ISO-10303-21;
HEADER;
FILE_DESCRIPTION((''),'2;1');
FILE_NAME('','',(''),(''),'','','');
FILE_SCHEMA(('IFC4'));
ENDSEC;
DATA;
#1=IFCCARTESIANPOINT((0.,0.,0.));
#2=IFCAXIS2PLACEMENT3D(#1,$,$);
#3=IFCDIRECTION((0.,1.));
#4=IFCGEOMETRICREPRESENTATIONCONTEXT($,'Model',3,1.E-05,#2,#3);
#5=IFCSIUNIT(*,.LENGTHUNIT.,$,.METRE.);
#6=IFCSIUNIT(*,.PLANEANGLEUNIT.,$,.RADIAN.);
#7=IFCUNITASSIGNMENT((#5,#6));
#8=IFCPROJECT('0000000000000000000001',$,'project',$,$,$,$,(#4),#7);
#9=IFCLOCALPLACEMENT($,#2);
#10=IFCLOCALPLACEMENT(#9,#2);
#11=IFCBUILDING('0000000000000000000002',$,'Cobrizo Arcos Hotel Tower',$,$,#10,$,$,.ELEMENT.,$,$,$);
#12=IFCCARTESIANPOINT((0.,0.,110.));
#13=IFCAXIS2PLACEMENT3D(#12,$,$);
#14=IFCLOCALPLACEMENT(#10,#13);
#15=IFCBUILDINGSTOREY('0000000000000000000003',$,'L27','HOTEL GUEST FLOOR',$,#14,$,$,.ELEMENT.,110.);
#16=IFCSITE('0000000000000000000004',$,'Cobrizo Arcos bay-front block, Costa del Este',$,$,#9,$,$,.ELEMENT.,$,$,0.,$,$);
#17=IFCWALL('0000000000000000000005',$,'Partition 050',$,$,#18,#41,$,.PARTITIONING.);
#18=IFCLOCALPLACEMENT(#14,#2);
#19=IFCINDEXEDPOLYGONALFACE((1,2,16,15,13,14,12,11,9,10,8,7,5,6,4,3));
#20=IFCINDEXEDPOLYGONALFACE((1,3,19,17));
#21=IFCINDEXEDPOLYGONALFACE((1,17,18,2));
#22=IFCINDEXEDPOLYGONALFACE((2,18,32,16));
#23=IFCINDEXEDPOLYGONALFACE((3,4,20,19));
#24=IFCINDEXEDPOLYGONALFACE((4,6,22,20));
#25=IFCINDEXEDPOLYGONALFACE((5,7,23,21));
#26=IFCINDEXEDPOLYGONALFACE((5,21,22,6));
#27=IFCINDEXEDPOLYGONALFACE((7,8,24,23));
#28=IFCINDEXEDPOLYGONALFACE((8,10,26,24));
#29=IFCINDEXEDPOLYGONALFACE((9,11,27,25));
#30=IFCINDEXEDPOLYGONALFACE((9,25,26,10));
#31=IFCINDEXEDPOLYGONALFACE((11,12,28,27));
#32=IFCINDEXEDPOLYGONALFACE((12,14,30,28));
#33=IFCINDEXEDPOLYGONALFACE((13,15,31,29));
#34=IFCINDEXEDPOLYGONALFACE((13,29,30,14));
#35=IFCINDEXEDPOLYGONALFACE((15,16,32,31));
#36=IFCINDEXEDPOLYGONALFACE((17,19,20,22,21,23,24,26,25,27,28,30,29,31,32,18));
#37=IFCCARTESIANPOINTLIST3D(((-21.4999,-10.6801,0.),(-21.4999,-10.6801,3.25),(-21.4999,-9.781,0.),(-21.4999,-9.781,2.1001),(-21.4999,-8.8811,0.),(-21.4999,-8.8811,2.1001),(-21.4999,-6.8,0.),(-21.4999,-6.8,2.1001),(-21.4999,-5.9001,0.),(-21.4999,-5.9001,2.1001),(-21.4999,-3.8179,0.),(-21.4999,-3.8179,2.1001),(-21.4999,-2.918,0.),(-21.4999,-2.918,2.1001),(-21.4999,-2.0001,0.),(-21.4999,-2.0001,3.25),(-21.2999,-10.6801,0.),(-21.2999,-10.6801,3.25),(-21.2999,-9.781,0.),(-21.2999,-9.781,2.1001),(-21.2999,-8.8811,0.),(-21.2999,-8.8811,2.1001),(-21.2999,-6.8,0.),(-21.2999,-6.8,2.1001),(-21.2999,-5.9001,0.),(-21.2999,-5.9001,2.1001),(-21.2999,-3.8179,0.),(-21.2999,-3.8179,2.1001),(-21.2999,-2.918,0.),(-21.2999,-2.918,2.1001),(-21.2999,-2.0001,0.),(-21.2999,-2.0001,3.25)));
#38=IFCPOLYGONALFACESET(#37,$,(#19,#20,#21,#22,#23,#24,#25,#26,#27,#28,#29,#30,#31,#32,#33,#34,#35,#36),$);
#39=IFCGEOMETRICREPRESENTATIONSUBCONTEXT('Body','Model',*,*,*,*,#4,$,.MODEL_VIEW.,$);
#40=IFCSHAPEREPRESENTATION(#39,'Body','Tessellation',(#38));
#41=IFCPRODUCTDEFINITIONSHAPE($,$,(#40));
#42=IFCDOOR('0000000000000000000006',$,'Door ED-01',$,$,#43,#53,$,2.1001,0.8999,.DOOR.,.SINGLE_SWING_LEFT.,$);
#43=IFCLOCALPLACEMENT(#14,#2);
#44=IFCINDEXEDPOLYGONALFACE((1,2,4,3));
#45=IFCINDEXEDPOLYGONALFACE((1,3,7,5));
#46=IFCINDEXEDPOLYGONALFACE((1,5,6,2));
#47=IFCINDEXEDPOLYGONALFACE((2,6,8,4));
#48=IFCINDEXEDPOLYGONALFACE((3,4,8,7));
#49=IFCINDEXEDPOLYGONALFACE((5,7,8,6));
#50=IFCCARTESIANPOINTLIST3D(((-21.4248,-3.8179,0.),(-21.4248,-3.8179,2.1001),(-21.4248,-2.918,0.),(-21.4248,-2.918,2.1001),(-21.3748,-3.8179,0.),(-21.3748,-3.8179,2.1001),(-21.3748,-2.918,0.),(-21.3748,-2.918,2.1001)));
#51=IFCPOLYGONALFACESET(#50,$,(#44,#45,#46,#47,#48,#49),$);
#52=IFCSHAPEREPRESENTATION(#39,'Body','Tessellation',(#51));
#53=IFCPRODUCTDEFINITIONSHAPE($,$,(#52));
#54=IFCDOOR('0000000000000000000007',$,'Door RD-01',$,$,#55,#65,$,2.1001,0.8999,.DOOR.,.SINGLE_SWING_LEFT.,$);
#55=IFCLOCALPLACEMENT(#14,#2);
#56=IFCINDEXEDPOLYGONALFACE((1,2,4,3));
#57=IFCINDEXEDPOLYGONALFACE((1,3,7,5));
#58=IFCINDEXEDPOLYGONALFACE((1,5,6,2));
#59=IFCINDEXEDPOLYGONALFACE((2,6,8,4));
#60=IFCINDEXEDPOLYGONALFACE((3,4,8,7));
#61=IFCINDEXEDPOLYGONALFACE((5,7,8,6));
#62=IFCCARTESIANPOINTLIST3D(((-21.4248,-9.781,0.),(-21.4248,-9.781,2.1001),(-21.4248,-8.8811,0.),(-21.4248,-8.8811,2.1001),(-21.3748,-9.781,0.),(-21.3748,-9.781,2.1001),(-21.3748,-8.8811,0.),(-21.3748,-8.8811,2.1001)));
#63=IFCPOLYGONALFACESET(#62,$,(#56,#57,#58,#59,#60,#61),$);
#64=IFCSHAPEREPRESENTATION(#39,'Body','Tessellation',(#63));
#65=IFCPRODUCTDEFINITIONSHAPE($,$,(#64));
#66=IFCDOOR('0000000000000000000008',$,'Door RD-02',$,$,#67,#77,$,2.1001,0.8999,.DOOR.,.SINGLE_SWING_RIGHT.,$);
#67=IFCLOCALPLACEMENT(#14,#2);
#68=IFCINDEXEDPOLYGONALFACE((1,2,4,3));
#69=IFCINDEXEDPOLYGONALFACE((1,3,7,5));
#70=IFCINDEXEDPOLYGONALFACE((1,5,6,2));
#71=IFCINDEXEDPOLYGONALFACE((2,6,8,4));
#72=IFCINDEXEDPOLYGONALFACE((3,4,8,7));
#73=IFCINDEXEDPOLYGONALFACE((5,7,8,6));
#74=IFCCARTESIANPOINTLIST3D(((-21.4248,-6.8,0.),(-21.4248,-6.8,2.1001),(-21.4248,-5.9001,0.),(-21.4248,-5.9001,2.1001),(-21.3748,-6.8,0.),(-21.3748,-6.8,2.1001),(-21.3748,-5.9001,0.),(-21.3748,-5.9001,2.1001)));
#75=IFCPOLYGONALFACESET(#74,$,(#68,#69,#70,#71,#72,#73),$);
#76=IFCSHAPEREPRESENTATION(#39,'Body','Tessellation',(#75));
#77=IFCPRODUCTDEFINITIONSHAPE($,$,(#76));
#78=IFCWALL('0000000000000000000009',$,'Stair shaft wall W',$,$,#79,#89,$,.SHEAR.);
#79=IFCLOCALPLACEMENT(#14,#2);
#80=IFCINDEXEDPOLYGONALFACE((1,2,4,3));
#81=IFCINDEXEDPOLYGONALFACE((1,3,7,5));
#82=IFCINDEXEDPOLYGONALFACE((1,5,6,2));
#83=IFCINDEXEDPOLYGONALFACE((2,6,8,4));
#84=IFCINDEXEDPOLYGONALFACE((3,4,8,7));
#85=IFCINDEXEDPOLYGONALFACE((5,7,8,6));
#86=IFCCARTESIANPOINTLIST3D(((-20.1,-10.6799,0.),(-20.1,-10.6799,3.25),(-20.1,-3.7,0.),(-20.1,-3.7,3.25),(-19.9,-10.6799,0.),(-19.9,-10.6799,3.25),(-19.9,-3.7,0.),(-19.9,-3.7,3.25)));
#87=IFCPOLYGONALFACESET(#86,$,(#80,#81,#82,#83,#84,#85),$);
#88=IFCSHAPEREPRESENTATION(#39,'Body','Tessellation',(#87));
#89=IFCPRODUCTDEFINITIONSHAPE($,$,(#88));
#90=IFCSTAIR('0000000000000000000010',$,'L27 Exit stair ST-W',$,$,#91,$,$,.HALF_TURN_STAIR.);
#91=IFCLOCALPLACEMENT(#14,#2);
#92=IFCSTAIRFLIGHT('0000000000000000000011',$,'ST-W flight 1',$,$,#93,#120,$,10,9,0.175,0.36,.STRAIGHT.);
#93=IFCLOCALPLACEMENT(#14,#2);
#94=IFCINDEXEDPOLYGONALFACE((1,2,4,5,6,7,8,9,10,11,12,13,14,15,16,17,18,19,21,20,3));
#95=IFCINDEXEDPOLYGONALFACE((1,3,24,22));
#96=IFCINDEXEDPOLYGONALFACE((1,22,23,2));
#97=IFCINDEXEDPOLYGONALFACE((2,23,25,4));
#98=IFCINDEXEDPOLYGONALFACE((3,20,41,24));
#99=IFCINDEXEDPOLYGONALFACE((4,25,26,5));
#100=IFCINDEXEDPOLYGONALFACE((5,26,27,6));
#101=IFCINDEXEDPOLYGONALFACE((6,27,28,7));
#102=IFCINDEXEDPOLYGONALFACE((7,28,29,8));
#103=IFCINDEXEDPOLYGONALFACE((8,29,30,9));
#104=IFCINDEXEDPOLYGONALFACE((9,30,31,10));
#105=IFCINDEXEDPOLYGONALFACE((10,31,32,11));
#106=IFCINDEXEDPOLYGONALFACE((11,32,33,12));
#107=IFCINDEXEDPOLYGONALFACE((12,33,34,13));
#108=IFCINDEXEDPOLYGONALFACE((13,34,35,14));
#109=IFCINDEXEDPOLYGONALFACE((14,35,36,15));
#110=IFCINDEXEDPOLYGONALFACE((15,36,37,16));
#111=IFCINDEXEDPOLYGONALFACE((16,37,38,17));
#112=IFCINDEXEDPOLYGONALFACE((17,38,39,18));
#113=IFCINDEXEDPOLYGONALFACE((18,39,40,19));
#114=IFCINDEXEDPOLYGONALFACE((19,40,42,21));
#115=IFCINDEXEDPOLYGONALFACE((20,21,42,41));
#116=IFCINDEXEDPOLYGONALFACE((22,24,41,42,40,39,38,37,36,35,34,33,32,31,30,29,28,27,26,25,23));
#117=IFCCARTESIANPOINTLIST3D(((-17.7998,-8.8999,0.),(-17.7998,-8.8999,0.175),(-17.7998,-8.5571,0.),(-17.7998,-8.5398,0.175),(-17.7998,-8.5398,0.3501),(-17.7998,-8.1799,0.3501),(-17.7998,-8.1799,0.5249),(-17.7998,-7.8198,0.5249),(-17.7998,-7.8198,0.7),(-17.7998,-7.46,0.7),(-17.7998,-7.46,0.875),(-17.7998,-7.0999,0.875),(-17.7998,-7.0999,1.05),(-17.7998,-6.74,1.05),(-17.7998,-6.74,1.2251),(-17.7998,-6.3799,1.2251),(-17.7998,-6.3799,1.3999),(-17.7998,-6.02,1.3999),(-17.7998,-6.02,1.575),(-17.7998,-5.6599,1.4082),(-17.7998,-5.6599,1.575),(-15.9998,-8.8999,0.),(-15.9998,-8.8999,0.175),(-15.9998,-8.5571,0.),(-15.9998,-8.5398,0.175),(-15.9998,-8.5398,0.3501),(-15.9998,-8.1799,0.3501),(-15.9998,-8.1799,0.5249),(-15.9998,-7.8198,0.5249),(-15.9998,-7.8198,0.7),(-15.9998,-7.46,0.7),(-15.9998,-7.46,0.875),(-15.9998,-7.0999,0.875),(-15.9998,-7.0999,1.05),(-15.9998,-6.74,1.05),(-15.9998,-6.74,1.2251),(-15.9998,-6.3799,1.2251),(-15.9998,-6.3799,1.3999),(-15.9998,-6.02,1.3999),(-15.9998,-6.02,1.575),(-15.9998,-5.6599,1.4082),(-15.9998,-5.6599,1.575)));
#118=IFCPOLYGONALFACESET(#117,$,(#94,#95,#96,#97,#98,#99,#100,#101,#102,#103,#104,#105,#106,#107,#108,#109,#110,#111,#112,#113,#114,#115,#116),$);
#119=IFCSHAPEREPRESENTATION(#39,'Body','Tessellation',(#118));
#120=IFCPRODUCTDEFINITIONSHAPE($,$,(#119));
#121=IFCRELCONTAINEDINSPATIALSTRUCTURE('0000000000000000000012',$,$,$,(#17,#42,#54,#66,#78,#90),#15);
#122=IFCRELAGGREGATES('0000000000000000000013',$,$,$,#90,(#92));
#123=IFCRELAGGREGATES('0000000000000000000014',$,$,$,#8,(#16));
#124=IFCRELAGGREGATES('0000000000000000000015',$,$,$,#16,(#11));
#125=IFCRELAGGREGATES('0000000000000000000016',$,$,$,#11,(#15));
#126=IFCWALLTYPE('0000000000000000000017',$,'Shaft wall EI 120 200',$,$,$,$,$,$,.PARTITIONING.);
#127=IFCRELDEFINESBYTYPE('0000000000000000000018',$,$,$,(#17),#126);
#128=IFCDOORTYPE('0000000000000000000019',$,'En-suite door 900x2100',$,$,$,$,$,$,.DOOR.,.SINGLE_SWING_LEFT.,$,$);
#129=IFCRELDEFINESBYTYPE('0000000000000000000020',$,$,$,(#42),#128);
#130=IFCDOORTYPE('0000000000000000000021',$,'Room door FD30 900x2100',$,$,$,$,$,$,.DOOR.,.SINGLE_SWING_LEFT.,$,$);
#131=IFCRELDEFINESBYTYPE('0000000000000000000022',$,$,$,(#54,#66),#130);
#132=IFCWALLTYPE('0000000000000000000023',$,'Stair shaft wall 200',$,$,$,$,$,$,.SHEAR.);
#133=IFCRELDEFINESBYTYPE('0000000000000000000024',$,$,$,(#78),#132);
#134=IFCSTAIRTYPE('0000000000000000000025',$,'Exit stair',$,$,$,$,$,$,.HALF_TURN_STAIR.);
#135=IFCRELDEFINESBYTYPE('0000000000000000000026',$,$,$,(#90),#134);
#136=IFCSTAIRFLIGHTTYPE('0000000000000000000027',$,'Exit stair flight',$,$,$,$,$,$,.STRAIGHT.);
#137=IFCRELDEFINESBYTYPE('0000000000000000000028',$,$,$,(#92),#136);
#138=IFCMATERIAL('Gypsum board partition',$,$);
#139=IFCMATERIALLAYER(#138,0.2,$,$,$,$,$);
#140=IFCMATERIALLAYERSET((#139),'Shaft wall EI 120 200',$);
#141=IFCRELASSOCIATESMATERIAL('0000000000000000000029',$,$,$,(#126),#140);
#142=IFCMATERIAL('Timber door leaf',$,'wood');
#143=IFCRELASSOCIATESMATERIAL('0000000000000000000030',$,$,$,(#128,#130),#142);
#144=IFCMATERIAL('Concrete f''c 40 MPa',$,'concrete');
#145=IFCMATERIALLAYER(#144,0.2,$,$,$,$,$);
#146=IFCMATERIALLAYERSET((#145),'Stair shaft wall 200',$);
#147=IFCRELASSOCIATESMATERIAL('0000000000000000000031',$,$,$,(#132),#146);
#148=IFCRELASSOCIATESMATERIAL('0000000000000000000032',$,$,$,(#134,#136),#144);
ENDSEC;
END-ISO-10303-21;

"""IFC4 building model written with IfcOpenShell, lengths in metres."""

from ifc_helpers import new_model, si_unit, direction, frame, frame_2d, origin, place, context, subcontext, project, spatial, polyline, rectangle, outline, extrude, material, layer, layer_set, type_object, element, fill, aggregate, save


model = new_model("IFC4")

# Units and contexts
model_context = context("Model", 3, precision=1e-05, world=origin(), true_north=direction((0.0, 1.0)))
body_context = subcontext(model_context, "Body", "Model", "MODEL_VIEW")
ifc_project = project(units=[si_unit("LENGTHUNIT", "METRE"), si_unit("PLANEANGLEUNIT", "RADIAN")], contexts=[model_context])

# Site, building, storey
site_placement = place(None, origin())
site = spatial("IfcSite", under=ifc_project, at=site_placement, Name="Cobrizo Arcos bay-front block, Costa del Este", CompositionType="ELEMENT", RefElevation=0.0)
building_placement = place(site_placement, origin())
building = spatial("IfcBuilding", under=site, at=building_placement, Name="Cobrizo Arcos Hotel Tower", CompositionType="ELEMENT")
storey_placement = place(building_placement, frame((0.0, 0.0, 110.0)))
storey = spatial("IfcBuildingStorey", under=building, at=storey_placement, Name="L27", Description="HOTEL GUEST FLOOR", CompositionType="ELEMENT", Elevation=110.0)

# Wall, openings, doors
ifc_material_1 = material(Name="Gypsum board partition")
ifc_layer_1 = layer(ifc_material_1, 0.2)
ifc_layer_set_1 = layer_set([ifc_layer_1], Name="Shaft wall EI 120 200")
wall_type_1 = type_object("IfcWallType", Name="Shaft wall EI 120 200", PredefinedType="PARTITIONING", material=ifc_layer_set_1)
wall_1_placement = place(storey_placement, frame((-21.3999, -10.6799, 0.0), z_axis=(0.0, 0.0, 1.0), x_axis=(0.0, 1.0, 0.0)))
wall_1 = element("IfcWall", 1, at=wall_1_placement, inside=storey, type_object=wall_type_1, Name="Partition 050", PredefinedType="PARTITIONING", context=body_context, shape_type="SweptSolid", body=[
    extrude(rectangle(XDim=8.6799, YDim=0.2, at=frame_2d((4.3398, 0.0))), origin(), (0.0, 0.0, 1.0), 3.25),
])
opening_1_placement = place(wall_1_placement, frame((0.8989, 0.0, 0.0)))
opening_1 = element("IfcOpeningElement", 2, at=opening_1_placement, cuts=wall_1, PredefinedType="OPENING", context=body_context, shape_type="SweptSolid", body=[
    extrude(rectangle(XDim=0.8999, YDim=2.1001, at=frame_2d((0.45, 1.05))), frame((0.0, 0.1121, 0.0), z_axis=(0.0, -1.0, 0.0), x_axis=(1.0, 0.0, 0.0)), (0.0, 0.0, 1.0), 0.2239),
])
opening_2_placement = place(wall_1_placement, frame((3.8799, 0.0, 0.0)))
opening_2 = element("IfcOpeningElement", 3, at=opening_2_placement, cuts=wall_1, PredefinedType="OPENING", context=body_context, shape_type="SweptSolid", body=[
    extrude(rectangle(XDim=0.8999, YDim=2.1001, at=frame_2d((0.45, 1.05))), frame((0.0, 0.1121, 0.0), z_axis=(0.0, -1.0, 0.0), x_axis=(1.0, 0.0, 0.0)), (0.0, 0.0, 1.0), 0.2239),
])
opening_3_placement = place(wall_1_placement, frame((6.8621, 0.0, 0.0)))
opening_3 = element("IfcOpeningElement", 4, at=opening_3_placement, cuts=wall_1, PredefinedType="OPENING", context=body_context, shape_type="SweptSolid", body=[
    extrude(rectangle(XDim=0.8999, YDim=2.1001, at=frame_2d((0.45, 1.05))), frame((0.0, 0.1121, 0.0), z_axis=(0.0, -1.0, 0.0), x_axis=(1.0, 0.0, 0.0)), (0.0, 0.0, 1.0), 0.2239),
])
ifc_material_2 = material(Name="Timber door leaf", Category="wood")
door_type_1 = type_object("IfcDoorType", Name="En-suite door 900x2100", OperationType="SINGLE_SWING_LEFT", PredefinedType="DOOR", material=ifc_material_2)
door_1_placement = place(opening_3_placement, origin())
door_1 = element("IfcDoor", 5, at=door_1_placement, inside=storey, type_object=door_type_1, Name="Door ED-01", OperationType="SINGLE_SWING_LEFT", OverallHeight=2.1001, OverallWidth=0.8999, PredefinedType="DOOR", context=body_context, shape_type="SweptSolid", body=[
    extrude(rectangle(XDim=0.8999, YDim=2.1001, at=frame_2d((0.45, 1.05))), frame((0.0, 0.0249, 0.0), z_axis=(0.0, -1.0, 0.0), x_axis=(1.0, 0.0, 0.0)), (0.0, 0.0, 1.0), 0.05),
])
fill(opening_3, door_1)
door_type_2 = type_object("IfcDoorType", Name="Room door FD30 900x2100", OperationType="SINGLE_SWING_LEFT", PredefinedType="DOOR", material=ifc_material_2)
door_2_placement = place(opening_1_placement, origin())
door_2 = element("IfcDoor", 6, at=door_2_placement, inside=storey, type_object=door_type_2, Name="Door RD-01", OperationType="SINGLE_SWING_LEFT", OverallHeight=2.1001, OverallWidth=0.8999, PredefinedType="DOOR", context=body_context, shape_type="SweptSolid", body=[
    extrude(rectangle(XDim=0.8999, YDim=2.1001, at=frame_2d((0.45, 1.05))), frame((0.0, 0.0249, 0.0), z_axis=(0.0, -1.0, 0.0), x_axis=(1.0, 0.0, 0.0)), (0.0, 0.0, 1.0), 0.05),
])
fill(opening_1, door_2)
door_3_placement = place(opening_2_placement, origin())
door_3 = element("IfcDoor", 7, at=door_3_placement, inside=storey, type_object=door_type_2, Name="Door RD-02", OperationType="SINGLE_SWING_RIGHT", OverallHeight=2.1001, OverallWidth=0.8999, PredefinedType="DOOR", context=body_context, shape_type="SweptSolid", body=[
    extrude(rectangle(XDim=0.8999, YDim=2.1001, at=frame_2d((0.45, 1.05))), frame((0.0, 0.0249, 0.0), z_axis=(0.0, -1.0, 0.0), x_axis=(1.0, 0.0, 0.0)), (0.0, 0.0, 1.0), 0.05),
])
fill(opening_2, door_3)

# Wall
ifc_material_3 = material(Name="Concrete f'c 40 MPa", Category="concrete")
ifc_layer_2 = layer(ifc_material_3, 0.2)
ifc_layer_set_2 = layer_set([ifc_layer_2], Name="Stair shaft wall 200")
wall_type_2 = type_object("IfcWallType", Name="Stair shaft wall 200", PredefinedType="SHEAR", material=ifc_layer_set_2)
wall_2_placement = place(storey_placement, frame((-20.0, -10.6799, 0.0), z_axis=(0.0, 0.0, 1.0), x_axis=(0.0, 1.0, 0.0)))
element("IfcWall", 8, at=wall_2_placement, inside=storey, type_object=wall_type_2, Name="Stair shaft wall W", PredefinedType="SHEAR", context=body_context, shape_type="SweptSolid", body=[
    extrude(rectangle(XDim=6.98, YDim=0.2, at=frame_2d((3.49, 0.0))), origin(), (0.0, 0.0, 1.0), 3.25),
])

# Stair, stair flight
stair_type = type_object("IfcStairType", Name="Exit stair", PredefinedType="HALF_TURN_STAIR", material=ifc_material_3)
stair_placement = place(storey_placement, origin())
stair = element("IfcStair", 9, at=stair_placement, inside=storey, type_object=stair_type, Name="L27 Exit stair ST-W", PredefinedType="HALF_TURN_STAIR")
stair_flight_type = type_object("IfcStairFlightType", Name="Exit stair flight", PredefinedType="STRAIGHT", material=ifc_material_3)
stair_flight_placement = place(storey_placement, frame((-16.8999, -8.8999, 0.0), z_axis=(0.0, 0.0, 1.0), x_axis=(0.0, 1.0, 0.0)))
stair_flight = element("IfcStairFlight", 10, at=stair_flight_placement, type_object=stair_flight_type, Name="ST-W flight 1", NumberOfRisers=10, NumberOfTreads=9, PredefinedType="STRAIGHT", RiserHeight=0.175, TreadLength=0.36, context=body_context, shape_type="SweptSolid", body=[
    extrude(outline(polyline([(0.0, 0.0), (0.0, 0.175), (0.3601, 0.175), (0.3601, 0.3501), (0.72, 0.3501), (0.72, 0.5249), (1.0801, 0.5249), (1.0801, 0.7), (1.4399, 0.7), (1.4399, 0.875), (1.8, 0.875), (1.8, 1.05), (2.1599, 1.05), (2.1599, 1.2251), (2.52, 1.2251), (2.52, 1.3999), (2.8799, 1.3999), (2.8799, 1.575), (3.24, 1.575), (3.24, 1.75), (3.24, 1.4082), (0.3428, 0.0), (0.0, 0.0)])), frame((0.0, 0.8999, 0.0), z_axis=(0.0, -1.0, 0.0), x_axis=(1.0, 0.0, 0.0)), (0.0, 0.0, 1.0), 1.8),
])
aggregate(stair, [stair_flight])

save(model, "model.ifc")
